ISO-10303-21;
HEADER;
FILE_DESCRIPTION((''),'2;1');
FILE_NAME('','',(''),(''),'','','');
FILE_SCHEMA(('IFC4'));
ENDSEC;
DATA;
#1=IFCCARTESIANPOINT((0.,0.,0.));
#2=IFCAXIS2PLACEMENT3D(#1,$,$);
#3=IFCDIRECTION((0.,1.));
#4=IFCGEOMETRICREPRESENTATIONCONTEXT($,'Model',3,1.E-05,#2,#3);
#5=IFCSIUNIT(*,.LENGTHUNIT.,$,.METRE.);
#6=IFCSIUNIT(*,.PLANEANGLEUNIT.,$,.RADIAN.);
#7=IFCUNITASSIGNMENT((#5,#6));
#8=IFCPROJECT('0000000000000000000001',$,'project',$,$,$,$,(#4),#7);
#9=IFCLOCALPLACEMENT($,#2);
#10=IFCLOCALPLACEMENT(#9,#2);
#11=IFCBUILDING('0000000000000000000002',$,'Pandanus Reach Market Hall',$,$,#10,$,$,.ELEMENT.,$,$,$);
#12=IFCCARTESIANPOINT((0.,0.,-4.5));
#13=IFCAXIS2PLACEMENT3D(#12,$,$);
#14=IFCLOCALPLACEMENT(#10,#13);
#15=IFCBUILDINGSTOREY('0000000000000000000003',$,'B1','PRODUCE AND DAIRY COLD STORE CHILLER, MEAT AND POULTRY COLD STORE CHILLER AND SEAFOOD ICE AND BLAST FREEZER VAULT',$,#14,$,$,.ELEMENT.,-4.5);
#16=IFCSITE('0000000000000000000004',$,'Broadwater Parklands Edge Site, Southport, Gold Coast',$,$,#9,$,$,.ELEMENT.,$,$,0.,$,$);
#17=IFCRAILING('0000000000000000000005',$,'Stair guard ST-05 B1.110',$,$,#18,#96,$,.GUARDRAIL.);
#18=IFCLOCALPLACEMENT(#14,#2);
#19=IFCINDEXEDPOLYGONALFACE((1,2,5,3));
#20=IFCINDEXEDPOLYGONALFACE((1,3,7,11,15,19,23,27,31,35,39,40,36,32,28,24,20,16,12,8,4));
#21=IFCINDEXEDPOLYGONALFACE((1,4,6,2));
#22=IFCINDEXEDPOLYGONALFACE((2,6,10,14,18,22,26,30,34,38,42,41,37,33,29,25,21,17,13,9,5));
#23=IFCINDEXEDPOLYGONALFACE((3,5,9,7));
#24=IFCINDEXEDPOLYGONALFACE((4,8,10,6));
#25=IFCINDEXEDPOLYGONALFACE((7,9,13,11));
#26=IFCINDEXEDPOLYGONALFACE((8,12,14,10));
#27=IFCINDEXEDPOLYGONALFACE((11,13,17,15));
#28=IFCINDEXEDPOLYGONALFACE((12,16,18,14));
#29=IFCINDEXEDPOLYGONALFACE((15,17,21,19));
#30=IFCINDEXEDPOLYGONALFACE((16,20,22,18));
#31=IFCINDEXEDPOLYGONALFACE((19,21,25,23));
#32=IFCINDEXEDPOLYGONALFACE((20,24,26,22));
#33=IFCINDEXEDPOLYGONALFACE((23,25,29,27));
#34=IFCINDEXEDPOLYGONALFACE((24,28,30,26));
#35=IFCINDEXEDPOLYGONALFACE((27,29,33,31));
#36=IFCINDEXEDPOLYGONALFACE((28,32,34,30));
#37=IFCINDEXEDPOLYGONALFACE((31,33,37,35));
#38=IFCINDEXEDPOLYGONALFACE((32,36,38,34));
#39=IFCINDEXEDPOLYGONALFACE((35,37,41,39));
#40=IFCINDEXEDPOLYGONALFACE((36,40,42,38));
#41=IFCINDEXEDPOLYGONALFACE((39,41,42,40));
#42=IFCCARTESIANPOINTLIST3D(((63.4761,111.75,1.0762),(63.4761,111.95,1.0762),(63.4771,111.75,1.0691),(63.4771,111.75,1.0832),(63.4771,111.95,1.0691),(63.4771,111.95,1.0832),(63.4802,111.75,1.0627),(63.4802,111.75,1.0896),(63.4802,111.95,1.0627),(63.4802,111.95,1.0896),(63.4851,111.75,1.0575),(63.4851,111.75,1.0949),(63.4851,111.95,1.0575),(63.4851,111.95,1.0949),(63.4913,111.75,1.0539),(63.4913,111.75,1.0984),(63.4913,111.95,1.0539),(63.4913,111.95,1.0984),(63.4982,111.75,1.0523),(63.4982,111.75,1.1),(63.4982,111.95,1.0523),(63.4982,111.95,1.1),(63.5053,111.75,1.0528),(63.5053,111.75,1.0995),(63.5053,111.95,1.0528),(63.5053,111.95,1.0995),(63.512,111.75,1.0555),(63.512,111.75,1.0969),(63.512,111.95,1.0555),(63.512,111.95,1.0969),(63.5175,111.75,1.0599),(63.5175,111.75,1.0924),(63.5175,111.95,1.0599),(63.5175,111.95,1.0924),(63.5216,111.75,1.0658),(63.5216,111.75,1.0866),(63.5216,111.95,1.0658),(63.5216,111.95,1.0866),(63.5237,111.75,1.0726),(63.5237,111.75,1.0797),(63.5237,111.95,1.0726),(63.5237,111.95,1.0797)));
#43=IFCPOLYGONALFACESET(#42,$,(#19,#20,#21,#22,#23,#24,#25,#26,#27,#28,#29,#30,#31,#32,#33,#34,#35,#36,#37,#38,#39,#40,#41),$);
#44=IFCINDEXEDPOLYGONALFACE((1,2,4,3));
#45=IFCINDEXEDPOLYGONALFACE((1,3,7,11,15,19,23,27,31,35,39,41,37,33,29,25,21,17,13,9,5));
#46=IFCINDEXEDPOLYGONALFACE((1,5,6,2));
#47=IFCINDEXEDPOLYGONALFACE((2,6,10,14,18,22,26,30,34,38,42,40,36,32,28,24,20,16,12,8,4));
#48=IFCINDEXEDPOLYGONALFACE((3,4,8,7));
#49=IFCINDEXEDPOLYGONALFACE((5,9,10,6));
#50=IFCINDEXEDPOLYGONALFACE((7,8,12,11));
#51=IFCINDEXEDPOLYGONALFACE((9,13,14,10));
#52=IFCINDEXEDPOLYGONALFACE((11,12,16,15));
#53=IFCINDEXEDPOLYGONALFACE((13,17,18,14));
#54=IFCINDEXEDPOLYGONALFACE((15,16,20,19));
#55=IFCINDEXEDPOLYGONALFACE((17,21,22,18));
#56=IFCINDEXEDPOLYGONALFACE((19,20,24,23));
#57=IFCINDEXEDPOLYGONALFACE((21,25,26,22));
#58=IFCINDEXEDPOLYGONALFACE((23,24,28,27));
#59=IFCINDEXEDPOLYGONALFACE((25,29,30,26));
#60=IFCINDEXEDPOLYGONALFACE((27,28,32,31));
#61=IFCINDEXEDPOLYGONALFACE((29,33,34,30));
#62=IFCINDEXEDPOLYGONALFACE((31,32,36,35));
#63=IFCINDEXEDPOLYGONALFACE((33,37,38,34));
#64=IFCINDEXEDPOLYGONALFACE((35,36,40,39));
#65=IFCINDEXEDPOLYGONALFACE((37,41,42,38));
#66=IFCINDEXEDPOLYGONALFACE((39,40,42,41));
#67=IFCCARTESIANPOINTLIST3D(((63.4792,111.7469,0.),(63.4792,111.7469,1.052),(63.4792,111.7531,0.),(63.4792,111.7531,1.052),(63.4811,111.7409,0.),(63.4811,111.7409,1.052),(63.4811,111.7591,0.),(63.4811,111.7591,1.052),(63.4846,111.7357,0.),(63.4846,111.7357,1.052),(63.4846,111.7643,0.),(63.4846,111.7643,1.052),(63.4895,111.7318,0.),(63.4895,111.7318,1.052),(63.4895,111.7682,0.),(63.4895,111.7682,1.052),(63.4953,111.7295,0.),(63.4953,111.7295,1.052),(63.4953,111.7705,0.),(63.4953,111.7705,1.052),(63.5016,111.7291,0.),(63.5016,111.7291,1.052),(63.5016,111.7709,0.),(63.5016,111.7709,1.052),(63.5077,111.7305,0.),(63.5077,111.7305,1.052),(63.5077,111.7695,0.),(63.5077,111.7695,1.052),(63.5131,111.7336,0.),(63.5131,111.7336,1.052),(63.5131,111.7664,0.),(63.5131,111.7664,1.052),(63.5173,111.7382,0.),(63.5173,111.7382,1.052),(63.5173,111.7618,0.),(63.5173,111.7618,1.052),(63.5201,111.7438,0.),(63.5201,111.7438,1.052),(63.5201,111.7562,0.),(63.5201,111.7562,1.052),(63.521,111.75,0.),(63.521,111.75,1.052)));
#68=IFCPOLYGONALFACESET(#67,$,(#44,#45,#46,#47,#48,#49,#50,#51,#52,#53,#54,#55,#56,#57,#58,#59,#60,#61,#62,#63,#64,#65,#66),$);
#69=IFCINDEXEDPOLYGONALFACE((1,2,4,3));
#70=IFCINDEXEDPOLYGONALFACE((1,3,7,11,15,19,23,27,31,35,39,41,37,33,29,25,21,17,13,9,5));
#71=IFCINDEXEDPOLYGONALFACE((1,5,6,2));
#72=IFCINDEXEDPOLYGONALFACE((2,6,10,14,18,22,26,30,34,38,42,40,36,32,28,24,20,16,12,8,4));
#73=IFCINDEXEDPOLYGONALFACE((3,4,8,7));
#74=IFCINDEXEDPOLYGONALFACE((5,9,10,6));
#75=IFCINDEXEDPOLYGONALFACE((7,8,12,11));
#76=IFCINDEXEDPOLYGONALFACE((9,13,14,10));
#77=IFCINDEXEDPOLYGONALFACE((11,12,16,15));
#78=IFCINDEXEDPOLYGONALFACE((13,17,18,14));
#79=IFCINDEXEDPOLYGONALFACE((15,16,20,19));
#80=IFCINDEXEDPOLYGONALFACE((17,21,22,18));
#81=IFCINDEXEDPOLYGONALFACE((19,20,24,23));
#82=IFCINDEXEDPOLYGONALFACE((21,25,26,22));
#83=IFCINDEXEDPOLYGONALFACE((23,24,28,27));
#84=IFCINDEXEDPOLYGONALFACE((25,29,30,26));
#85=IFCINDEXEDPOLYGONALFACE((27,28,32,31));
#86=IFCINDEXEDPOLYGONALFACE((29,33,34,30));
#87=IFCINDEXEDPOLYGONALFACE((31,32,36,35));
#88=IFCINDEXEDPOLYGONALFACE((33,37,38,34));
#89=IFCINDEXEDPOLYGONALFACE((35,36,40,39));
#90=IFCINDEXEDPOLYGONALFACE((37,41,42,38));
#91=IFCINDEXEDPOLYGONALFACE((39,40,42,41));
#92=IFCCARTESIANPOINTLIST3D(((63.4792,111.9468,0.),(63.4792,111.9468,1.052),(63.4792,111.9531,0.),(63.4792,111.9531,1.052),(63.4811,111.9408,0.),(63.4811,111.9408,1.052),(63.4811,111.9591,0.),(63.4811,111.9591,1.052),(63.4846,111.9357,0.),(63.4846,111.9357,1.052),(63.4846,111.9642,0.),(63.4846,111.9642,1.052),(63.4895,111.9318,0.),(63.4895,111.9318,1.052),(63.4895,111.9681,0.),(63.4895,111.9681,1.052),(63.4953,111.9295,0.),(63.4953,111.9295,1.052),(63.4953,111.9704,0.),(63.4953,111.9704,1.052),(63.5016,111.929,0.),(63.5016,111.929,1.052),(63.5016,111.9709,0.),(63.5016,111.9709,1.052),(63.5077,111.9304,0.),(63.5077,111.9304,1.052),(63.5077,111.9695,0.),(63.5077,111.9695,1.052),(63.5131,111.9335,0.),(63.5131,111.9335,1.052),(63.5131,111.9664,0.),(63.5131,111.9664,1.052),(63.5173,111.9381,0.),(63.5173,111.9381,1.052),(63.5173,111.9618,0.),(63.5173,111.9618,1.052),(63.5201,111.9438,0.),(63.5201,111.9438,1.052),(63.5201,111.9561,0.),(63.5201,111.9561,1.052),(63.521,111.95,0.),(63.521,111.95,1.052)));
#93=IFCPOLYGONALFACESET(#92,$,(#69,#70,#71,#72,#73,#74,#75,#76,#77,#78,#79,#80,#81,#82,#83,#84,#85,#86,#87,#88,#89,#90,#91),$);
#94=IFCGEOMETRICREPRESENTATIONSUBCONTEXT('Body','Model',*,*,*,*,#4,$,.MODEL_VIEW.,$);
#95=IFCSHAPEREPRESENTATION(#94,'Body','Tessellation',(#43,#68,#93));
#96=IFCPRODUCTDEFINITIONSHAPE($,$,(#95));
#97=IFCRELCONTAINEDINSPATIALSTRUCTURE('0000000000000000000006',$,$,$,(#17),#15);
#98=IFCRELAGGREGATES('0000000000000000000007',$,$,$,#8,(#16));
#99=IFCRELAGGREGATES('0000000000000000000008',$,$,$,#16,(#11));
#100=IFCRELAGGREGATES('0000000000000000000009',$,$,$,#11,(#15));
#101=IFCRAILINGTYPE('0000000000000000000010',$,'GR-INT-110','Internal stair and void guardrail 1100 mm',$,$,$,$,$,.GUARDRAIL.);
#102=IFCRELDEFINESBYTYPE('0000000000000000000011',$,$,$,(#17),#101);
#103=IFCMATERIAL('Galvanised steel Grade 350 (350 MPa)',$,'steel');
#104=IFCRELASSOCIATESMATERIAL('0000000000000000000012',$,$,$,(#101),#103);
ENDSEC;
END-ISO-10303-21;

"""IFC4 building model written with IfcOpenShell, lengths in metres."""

from ifc_helpers import new_model, si_unit, direction, frame, origin, origin_2d, place, context, subcontext, project, spatial, circle, extrude, material, type_object, element, save


model = new_model("IFC4")

# Units and contexts
model_context = context("Model", 3, precision=1e-05, world=origin(), true_north=direction((0.0, 1.0)))
body_context = subcontext(model_context, "Body", "Model", "MODEL_VIEW")
ifc_project = project(units=[si_unit("LENGTHUNIT", "METRE"), si_unit("PLANEANGLEUNIT", "RADIAN")], contexts=[model_context])

# Site, building, storey
site_placement = place(None, origin())
site = spatial("IfcSite", under=ifc_project, at=site_placement, Name="Broadwater Parklands Edge Site, Southport, Gold Coast", CompositionType="ELEMENT", RefElevation=0.0)
building_placement = place(site_placement, origin())
building = spatial("IfcBuilding", under=site, at=building_placement, Name="Pandanus Reach Market Hall", CompositionType="ELEMENT")
storey_placement = place(building_placement, frame((0.0, 0.0, -4.5)))
storey = spatial("IfcBuildingStorey", under=building, at=storey_placement, Name="B1", Description="PRODUCE AND DAIRY COLD STORE CHILLER, MEAT AND POULTRY COLD STORE CHILLER AND SEAFOOD ICE AND BLAST FREEZER VAULT", CompositionType="ELEMENT", Elevation=-4.5)

# Railing
ifc_material_1 = material(Name="Galvanised steel Grade 350 (350 MPa)", Category="steel")
railing_type_1 = type_object("IfcRailingType", Name="GR-INT-110", Description="Internal stair and void guardrail 1100 mm", PredefinedType="GUARDRAIL", material=ifc_material_1)
railing_1_placement = place(storey_placement, frame((63.5, 111.75, 0.0)))
element("IfcRailing", 1, at=railing_1_placement, inside=storey, type_object=railing_type_1, Name="Stair guard ST-05 B1.110", PredefinedType="GUARDRAIL", context=body_context, shape_type="SweptSolid", body=[
    extrude(circle(Radius=0.0239, at=origin_2d()), frame((0.0, 0.0, 1.0762), z_axis=(0.0, 1.0, 0.0), x_axis=(-1.0, 0.0, 0.0)), (0.0, 0.0, 1.0), 0.2),
    extrude(circle(Radius=0.021, at=origin_2d()), origin(), (0.0, 0.0, 1.0), 1.052),
    extrude(circle(Radius=0.021, at=origin_2d()), frame((0.0, 0.2, 0.0)), (0.0, 0.0, 1.0), 1.052),
])

save(model, "model.ifc")
